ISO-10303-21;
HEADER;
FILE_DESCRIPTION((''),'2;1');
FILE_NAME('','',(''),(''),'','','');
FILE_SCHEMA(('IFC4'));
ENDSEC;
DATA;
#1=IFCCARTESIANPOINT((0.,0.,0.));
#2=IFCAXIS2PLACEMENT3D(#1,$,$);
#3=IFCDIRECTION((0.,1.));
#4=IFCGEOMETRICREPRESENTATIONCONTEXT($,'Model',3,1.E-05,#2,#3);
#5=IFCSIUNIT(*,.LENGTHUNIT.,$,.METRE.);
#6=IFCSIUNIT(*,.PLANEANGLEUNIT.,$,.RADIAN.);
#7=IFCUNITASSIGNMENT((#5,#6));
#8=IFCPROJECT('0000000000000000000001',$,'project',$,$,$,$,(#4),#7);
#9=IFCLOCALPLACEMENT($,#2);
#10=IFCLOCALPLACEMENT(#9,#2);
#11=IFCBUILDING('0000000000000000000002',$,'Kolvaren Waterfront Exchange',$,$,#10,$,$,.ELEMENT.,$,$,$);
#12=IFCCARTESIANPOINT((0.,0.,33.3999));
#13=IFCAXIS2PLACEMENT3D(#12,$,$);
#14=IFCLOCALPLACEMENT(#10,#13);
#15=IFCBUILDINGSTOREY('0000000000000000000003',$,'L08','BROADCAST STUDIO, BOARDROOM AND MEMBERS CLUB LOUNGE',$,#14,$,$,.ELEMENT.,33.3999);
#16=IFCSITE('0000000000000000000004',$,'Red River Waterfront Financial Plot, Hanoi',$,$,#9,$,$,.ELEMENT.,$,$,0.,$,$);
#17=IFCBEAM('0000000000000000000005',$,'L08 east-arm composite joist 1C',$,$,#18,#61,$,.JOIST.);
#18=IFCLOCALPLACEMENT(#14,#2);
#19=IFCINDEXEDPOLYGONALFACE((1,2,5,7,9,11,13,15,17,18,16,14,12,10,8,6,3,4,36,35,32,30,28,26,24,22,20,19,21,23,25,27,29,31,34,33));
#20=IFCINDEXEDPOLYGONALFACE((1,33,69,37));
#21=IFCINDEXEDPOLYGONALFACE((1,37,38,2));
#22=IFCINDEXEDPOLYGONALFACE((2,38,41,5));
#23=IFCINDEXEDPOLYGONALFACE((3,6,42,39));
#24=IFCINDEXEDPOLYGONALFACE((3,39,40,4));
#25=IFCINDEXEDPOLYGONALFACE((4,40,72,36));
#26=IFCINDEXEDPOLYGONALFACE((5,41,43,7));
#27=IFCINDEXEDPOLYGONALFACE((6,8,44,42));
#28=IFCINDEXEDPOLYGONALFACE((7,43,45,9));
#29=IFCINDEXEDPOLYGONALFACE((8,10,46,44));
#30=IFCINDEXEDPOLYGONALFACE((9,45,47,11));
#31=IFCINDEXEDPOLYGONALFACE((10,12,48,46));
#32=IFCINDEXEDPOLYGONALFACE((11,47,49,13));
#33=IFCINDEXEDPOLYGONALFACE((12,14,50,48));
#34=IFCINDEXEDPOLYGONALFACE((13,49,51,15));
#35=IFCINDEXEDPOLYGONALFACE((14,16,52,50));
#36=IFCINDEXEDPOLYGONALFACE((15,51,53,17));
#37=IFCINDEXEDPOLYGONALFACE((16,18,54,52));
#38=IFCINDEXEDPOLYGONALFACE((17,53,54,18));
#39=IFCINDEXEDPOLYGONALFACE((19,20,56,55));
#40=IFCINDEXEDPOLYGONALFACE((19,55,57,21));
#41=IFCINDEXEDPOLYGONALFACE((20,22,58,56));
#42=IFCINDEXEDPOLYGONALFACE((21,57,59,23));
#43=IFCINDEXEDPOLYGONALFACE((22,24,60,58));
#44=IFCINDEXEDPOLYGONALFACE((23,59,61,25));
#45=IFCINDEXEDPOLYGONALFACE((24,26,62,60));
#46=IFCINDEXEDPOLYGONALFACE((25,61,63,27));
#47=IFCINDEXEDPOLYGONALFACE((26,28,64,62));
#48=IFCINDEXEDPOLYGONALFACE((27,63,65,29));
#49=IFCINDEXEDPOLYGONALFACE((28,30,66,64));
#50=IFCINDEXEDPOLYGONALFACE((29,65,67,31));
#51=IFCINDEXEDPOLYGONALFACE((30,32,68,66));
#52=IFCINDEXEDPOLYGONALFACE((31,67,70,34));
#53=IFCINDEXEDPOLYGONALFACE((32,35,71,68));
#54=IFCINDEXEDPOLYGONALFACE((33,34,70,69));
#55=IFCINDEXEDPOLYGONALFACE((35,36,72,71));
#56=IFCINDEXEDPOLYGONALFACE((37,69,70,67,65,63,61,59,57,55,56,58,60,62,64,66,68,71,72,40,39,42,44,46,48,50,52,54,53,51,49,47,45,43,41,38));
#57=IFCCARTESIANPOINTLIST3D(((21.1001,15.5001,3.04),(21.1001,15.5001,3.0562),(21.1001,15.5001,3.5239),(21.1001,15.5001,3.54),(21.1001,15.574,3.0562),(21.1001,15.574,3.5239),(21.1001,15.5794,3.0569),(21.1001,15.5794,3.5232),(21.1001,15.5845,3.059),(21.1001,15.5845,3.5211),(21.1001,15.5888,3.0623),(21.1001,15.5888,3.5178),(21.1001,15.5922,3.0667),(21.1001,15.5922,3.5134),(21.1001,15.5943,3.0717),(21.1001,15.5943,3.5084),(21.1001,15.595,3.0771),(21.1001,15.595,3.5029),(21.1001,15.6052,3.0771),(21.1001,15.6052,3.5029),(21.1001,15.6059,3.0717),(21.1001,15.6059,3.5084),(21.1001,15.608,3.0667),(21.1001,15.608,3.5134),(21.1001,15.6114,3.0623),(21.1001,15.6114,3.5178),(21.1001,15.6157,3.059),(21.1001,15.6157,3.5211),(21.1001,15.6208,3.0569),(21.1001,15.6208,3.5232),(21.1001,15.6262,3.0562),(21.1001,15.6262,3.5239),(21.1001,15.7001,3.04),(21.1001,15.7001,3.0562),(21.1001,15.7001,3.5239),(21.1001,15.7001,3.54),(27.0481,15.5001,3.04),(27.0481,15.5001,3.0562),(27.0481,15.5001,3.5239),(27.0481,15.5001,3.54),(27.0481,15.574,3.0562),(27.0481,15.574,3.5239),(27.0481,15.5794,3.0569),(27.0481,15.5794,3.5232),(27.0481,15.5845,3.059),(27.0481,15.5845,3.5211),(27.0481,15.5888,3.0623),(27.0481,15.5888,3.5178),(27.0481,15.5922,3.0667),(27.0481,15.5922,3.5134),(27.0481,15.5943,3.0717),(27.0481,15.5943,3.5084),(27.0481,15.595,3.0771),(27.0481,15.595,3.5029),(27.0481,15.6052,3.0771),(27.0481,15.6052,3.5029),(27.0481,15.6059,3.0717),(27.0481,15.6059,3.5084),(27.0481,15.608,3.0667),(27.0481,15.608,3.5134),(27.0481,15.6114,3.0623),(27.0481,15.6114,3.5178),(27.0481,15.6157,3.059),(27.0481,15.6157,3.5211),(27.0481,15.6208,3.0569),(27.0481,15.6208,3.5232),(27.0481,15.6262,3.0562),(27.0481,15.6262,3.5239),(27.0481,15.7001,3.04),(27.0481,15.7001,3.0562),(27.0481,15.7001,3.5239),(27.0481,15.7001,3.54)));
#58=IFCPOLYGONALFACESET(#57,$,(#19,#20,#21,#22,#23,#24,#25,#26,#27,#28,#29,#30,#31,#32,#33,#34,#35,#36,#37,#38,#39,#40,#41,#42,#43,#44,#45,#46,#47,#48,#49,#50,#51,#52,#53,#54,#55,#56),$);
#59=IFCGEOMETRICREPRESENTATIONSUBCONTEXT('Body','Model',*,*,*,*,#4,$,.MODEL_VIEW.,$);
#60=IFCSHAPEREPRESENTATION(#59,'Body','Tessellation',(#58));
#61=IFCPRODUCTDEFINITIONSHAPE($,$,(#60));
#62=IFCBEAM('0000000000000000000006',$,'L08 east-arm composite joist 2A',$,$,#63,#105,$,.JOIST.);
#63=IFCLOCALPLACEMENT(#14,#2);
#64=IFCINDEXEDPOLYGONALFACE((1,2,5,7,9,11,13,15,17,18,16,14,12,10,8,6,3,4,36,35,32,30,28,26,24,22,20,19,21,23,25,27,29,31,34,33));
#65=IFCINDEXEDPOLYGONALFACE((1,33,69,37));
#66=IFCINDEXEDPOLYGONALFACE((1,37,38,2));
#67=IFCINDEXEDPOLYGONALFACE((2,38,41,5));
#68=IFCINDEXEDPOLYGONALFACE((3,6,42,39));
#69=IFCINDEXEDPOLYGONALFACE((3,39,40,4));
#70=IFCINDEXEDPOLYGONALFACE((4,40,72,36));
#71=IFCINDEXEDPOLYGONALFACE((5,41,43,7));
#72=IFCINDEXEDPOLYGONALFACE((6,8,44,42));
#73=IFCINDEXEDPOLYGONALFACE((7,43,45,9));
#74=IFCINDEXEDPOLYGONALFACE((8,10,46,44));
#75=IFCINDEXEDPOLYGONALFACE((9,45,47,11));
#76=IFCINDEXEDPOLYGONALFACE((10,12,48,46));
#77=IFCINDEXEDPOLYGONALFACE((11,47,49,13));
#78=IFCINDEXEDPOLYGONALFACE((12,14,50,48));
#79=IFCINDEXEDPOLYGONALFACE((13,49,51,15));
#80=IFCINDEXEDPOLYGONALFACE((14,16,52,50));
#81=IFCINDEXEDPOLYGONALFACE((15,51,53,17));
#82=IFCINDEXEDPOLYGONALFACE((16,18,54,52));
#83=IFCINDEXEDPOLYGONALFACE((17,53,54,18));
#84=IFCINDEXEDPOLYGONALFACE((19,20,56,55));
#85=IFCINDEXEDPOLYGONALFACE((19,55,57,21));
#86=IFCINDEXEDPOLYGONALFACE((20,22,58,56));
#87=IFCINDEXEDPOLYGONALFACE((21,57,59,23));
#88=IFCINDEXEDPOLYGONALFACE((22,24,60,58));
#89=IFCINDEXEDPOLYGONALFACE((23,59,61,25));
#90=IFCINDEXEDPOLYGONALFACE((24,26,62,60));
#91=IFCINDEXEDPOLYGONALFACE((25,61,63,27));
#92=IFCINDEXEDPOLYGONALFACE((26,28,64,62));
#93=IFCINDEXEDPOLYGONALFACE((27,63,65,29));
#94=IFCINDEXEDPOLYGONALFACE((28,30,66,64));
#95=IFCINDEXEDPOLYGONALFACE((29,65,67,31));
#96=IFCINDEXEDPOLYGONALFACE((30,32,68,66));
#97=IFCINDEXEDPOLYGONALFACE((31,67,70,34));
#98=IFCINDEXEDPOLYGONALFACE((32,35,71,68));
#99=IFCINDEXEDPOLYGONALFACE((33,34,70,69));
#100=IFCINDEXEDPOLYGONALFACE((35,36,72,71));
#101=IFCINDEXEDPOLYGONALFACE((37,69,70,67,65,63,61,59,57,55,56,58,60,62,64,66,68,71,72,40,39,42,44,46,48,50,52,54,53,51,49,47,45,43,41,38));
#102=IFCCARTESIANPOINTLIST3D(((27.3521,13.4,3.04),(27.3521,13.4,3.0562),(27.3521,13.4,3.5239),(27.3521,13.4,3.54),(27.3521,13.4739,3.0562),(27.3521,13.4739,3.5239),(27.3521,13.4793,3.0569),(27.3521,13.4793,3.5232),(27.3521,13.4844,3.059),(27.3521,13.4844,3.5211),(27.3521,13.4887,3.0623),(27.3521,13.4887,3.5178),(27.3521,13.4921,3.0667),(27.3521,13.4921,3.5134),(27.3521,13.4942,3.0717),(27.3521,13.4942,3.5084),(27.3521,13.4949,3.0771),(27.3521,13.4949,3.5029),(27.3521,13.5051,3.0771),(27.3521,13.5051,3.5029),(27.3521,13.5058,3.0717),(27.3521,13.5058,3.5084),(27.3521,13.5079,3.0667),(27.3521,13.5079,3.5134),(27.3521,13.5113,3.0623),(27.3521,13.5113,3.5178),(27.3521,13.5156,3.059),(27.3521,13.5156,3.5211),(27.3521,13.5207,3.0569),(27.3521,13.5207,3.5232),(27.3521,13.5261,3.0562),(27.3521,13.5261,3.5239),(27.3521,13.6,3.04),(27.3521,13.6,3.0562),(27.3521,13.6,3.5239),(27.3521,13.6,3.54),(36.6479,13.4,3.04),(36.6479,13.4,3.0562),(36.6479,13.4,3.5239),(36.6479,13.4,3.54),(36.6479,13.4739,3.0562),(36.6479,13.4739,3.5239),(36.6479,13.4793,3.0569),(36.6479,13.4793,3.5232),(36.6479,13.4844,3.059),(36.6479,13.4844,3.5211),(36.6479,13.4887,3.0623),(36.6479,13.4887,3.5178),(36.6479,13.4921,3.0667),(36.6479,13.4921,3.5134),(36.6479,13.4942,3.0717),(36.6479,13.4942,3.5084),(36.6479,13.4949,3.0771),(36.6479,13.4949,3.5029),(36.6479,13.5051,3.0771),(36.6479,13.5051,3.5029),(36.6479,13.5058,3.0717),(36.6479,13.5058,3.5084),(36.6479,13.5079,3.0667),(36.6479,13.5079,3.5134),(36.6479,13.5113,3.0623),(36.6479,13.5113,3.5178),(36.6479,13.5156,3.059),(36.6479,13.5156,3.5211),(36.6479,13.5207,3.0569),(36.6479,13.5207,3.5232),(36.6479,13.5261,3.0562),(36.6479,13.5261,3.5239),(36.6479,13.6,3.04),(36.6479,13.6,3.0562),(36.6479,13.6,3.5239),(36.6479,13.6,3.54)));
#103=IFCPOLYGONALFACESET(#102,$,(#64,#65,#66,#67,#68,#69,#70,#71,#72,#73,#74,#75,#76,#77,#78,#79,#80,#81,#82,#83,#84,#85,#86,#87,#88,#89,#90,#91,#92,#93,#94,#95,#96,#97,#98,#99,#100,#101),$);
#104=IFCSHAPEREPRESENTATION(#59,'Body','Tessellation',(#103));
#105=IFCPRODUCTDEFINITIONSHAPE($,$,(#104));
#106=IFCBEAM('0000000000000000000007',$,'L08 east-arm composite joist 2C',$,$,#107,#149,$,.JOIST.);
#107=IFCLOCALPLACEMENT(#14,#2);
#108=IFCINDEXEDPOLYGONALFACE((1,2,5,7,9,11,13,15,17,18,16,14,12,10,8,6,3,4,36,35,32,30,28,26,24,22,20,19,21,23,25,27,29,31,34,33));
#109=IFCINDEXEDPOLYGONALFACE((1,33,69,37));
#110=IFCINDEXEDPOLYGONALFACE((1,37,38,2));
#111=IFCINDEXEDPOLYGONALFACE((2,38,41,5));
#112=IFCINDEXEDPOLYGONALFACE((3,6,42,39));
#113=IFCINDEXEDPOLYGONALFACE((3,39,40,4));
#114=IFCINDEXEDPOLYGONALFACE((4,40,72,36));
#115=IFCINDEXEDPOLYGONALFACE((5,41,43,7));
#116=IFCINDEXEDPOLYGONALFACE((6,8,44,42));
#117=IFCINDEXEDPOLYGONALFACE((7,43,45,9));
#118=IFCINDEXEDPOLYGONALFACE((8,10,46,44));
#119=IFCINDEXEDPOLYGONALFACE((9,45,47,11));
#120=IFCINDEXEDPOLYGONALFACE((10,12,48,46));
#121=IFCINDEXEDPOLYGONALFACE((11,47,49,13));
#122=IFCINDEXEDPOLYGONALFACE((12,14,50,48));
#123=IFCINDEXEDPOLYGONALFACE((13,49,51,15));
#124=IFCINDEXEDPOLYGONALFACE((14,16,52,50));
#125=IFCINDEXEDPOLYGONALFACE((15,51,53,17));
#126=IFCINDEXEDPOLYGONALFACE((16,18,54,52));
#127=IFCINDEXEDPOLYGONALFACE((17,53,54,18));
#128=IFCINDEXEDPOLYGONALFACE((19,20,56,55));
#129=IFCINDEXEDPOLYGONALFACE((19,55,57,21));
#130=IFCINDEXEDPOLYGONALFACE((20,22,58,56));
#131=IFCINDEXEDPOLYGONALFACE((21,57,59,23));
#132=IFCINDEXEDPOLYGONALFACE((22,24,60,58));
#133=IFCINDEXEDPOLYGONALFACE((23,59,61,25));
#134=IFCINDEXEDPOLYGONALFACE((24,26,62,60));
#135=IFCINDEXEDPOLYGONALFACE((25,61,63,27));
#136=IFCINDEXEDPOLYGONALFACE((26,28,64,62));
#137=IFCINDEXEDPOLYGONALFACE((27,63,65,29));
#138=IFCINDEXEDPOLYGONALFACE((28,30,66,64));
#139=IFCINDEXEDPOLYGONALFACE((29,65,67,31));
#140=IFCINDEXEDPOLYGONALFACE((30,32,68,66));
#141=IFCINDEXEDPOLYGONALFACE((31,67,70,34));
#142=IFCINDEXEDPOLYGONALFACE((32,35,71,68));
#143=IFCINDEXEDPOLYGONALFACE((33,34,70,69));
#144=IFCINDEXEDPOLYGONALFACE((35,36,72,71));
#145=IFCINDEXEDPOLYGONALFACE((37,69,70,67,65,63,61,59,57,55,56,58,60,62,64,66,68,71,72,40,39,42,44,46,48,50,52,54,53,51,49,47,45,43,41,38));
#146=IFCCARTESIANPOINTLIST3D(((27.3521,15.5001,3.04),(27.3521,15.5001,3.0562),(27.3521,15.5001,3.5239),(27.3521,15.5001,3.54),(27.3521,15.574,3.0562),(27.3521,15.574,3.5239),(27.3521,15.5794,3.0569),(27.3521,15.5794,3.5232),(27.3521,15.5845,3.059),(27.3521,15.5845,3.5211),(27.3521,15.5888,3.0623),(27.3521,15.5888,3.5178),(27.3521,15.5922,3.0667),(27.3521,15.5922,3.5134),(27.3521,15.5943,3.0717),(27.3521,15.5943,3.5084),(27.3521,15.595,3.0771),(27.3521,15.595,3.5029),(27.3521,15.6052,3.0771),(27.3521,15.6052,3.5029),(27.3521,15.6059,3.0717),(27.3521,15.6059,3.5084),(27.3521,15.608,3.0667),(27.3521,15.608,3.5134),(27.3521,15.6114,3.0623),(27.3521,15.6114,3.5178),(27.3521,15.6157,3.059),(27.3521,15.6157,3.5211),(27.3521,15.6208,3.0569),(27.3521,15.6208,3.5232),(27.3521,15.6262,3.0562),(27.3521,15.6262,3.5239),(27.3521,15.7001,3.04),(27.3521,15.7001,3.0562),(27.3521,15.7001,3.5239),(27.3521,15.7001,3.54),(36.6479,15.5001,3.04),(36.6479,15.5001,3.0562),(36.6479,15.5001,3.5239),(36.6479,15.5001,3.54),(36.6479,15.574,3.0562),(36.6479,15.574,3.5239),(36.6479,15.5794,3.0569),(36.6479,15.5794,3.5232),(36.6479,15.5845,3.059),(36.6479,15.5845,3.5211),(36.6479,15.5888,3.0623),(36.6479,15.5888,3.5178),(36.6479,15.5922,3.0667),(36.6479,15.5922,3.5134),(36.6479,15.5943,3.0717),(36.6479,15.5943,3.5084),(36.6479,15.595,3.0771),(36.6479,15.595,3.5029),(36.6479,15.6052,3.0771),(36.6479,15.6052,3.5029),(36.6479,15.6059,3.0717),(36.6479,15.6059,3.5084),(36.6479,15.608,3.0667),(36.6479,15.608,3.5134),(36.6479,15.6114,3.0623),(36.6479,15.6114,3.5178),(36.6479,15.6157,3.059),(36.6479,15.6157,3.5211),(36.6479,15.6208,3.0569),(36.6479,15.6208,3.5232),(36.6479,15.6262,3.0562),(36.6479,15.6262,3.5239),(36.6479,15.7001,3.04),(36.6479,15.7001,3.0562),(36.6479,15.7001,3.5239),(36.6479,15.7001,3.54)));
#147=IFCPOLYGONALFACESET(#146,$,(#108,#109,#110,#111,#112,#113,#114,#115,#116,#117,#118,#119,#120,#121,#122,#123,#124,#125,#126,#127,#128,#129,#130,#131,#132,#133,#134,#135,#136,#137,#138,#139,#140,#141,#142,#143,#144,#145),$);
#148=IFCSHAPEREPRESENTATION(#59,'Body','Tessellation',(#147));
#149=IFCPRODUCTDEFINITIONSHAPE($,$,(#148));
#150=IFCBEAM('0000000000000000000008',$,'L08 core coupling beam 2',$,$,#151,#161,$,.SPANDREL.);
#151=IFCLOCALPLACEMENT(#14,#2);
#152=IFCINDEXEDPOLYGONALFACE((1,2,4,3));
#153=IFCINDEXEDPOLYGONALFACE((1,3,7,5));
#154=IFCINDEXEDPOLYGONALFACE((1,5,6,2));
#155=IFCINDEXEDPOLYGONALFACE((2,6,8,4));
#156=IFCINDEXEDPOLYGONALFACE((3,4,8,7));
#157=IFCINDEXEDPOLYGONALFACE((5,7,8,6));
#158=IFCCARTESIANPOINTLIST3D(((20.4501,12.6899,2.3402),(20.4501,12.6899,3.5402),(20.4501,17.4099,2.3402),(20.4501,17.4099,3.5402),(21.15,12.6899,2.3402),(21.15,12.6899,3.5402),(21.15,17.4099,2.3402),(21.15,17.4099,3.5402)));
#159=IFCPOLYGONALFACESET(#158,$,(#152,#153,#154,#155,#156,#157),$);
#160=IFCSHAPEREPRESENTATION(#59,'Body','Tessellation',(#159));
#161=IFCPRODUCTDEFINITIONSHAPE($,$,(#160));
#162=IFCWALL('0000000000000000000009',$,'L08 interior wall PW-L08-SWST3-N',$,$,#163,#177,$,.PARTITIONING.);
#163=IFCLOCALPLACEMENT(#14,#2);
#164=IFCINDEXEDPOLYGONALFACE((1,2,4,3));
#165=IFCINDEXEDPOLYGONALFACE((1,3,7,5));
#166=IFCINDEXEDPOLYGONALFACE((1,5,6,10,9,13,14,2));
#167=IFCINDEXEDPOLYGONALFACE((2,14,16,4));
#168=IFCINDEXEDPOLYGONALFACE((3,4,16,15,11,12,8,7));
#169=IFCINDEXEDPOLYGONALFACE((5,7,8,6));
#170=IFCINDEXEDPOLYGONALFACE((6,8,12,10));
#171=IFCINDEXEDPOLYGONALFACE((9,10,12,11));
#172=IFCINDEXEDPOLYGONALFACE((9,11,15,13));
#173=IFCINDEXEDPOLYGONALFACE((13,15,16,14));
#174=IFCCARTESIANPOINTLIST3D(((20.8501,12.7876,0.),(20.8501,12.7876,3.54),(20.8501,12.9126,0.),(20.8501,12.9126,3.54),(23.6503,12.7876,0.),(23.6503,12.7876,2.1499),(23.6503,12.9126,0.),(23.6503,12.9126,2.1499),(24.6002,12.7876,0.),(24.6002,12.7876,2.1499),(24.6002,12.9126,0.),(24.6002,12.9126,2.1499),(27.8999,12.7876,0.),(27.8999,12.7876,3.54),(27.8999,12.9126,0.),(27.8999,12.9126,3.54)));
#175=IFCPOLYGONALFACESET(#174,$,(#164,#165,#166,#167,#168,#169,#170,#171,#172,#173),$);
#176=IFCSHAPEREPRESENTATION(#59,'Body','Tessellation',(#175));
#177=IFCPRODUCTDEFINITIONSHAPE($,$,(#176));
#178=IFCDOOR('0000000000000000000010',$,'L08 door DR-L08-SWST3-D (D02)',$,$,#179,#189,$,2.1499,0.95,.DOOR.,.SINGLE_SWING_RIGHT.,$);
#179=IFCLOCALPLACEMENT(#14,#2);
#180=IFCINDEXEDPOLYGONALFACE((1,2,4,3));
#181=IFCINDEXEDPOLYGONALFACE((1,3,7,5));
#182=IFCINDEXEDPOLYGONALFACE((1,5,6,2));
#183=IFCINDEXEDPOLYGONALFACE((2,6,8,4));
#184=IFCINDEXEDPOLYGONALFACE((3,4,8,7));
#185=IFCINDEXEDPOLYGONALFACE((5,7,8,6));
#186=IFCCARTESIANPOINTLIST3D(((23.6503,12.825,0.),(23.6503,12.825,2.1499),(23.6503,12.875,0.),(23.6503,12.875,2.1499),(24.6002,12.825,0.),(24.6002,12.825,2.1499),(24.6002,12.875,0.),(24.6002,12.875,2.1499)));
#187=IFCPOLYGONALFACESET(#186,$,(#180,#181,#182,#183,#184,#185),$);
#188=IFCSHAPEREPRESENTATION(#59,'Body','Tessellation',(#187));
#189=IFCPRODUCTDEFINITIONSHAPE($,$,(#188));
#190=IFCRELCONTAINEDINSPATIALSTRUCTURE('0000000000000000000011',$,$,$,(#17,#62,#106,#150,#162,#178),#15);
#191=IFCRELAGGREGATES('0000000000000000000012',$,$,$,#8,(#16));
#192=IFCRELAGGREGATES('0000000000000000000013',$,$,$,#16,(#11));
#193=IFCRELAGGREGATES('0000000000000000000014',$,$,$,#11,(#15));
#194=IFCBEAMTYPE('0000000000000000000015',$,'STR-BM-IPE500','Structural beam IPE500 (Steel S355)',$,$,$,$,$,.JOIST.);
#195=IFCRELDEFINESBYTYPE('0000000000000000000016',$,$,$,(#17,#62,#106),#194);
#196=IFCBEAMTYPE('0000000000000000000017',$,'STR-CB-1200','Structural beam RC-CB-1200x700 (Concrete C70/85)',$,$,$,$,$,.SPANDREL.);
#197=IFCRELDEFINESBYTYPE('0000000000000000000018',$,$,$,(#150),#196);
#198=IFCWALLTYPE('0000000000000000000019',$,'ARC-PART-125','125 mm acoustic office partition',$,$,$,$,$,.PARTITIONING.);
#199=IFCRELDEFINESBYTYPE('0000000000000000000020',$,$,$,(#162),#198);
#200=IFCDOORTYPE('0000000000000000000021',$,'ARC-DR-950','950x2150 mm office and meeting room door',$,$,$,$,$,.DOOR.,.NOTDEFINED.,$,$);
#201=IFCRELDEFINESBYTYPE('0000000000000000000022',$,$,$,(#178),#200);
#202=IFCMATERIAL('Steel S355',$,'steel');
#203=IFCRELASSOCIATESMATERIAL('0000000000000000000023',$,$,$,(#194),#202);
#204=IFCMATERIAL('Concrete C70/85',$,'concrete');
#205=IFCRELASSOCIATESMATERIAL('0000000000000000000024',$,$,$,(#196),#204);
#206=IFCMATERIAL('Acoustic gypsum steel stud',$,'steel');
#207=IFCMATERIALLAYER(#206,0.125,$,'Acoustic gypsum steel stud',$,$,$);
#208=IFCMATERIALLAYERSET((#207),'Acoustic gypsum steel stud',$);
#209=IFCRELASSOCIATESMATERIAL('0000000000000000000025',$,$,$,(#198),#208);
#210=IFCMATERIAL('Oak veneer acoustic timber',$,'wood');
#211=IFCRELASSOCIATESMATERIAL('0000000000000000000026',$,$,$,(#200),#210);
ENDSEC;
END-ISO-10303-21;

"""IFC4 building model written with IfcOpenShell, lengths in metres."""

from ifc_helpers import new_model, si_unit, direction, frame, frame_2d, origin, origin_2d, place, context, subcontext, project, spatial, rectangle, i_section, extrude, material, layer, layer_set, material_profile, profile_set, type_object, element, fill, save


model = new_model("IFC4")

# Units and contexts
model_context = context("Model", 3, precision=1e-05, world=origin(), true_north=direction((0.0, 1.0)))
body_context = subcontext(model_context, "Body", "Model", "MODEL_VIEW")
ifc_project = project(units=[si_unit("LENGTHUNIT", "METRE"), si_unit("PLANEANGLEUNIT", "RADIAN")], contexts=[model_context])

# Site, building, storey
site_placement = place(None, origin())
site = spatial("IfcSite", under=ifc_project, at=site_placement, Name="Red River Waterfront Financial Plot, Hanoi", CompositionType="ELEMENT", RefElevation=0.0)
building_placement = place(site_placement, origin())
building = spatial("IfcBuilding", under=site, at=building_placement, Name="Kolvaren Waterfront Exchange", CompositionType="ELEMENT")
storey_placement = place(building_placement, frame((0.0, 0.0, 33.3999)))
storey = spatial("IfcBuildingStorey", under=building, at=storey_placement, Name="L08", Description="BROADCAST STUDIO, BOARDROOM AND MEMBERS CLUB LOUNGE", CompositionType="ELEMENT", Elevation=33.3999)

# Shared definitions
ifc_material_1 = material(Name="Concrete C70/85", Category="concrete")

# Beams
ifc_material_2 = material(Name="Steel S355", Category="steel")
ifc_material_profile_1 = material_profile(ifc_material_2, i_section(OverallWidth=0.2, OverallDepth=0.5, WebThickness=0.0103, FlangeThickness=0.0161, FilletRadius=0.021, at=origin_2d()), Name="IPE500")
ifc_profile_set_1 = profile_set([ifc_material_profile_1], Name="Steel S355")
beam_type_1 = type_object("IfcBeamType", Name="STR-BM-IPE500", Description="Structural beam IPE500 (Steel S355)", PredefinedType="JOIST", material=ifc_profile_set_1)
for number, where, z_axis, x_axis, name in (
    (1, (21.1001, 15.6001, 3.29), (1.0, 0.0, 0.0), (0.0, 1.0, 0.0), "L08 east-arm composite joist 1C"),
):
    element("IfcBeam", number, at=place(storey_placement, frame(where, z_axis=z_axis, x_axis=x_axis)), inside=storey, type_object=beam_type_1, Name=name, PredefinedType="JOIST", context=body_context, shape_type="SweptSolid", body=[
        extrude(i_section(OverallWidth=0.2, OverallDepth=0.5, WebThickness=0.0103, FlangeThickness=0.0161, FilletRadius=0.021, at=origin_2d()), origin(), (0.0, 0.0, 1.0), 5.948),
    ])
for number, where, z_axis, x_axis, name in (
    (2, (27.3521, 13.5, 3.29), (1.0, 0.0, 0.0), (0.0, 1.0, 0.0), "L08 east-arm composite joist 2A"),
    (3, (27.3521, 15.6001, 3.29), (1.0, 0.0, 0.0), (0.0, 1.0, 0.0), "L08 east-arm composite joist 2C"),
):
    element("IfcBeam", number, at=place(storey_placement, frame(where, z_axis=z_axis, x_axis=x_axis)), inside=storey, type_object=beam_type_1, Name=name, PredefinedType="JOIST", context=body_context, shape_type="SweptSolid", body=[
        extrude(i_section(OverallWidth=0.2, OverallDepth=0.5, WebThickness=0.0103, FlangeThickness=0.0161, FilletRadius=0.021, at=origin_2d()), origin(), (0.0, 0.0, 1.0), 9.2959),
    ])
ifc_material_profile_2 = material_profile(ifc_material_1, rectangle(XDim=0.7, YDim=1.2, at=origin_2d()), Name="RC-CB-1200x700")
ifc_profile_set_2 = profile_set([ifc_material_profile_2], Name="Concrete C70/85")
beam_type_2 = type_object("IfcBeamType", Name="STR-CB-1200", Description="Structural beam RC-CB-1200x700 (Concrete C70/85)", PredefinedType="SPANDREL", material=ifc_profile_set_2)
beam_1_placement = place(storey_placement, frame((20.8, 12.6899, 2.9402), z_axis=(0.0, 1.0, 0.0), x_axis=(-1.0, 0.0, 0.0)))
element("IfcBeam", 4, at=beam_1_placement, inside=storey, type_object=beam_type_2, Name="L08 core coupling beam 2", PredefinedType="SPANDREL", context=body_context, shape_type="SweptSolid", body=[
    extrude(rectangle(XDim=0.7, YDim=1.2, at=origin_2d()), origin(), (0.0, 0.0, 1.0), 4.72),
])

# Wall, opening, door
ifc_material_3 = material(Name="Acoustic gypsum steel stud", Category="steel")
ifc_layer_1 = layer(ifc_material_3, 0.125, Name="Acoustic gypsum steel stud")
ifc_layer_set_1 = layer_set([ifc_layer_1], Name="Acoustic gypsum steel stud")
wall_type_1 = type_object("IfcWallType", Name="ARC-PART-125", Description="125 mm acoustic office partition", PredefinedType="PARTITIONING", material=ifc_layer_set_1)
wall_1_placement = place(storey_placement, frame((20.8501, 12.8501, 0.0), z_axis=(0.0, 0.0, 1.0), x_axis=(1.0, 0.0, 0.0)))
wall_1 = element("IfcWall", 5, at=wall_1_placement, inside=storey, type_object=wall_type_1, Name="L08 interior wall PW-L08-SWST3-N", PredefinedType="PARTITIONING", context=body_context, shape_type="SweptSolid", body=[
    extrude(rectangle(XDim=7.0498, YDim=0.125, at=frame_2d((3.5249, 0.0))), origin(), (0.0, 0.0, 1.0), 3.54),
])
opening_1_placement = place(wall_1_placement, frame((2.8, 0.0, 0.0)))
opening_1 = element("IfcOpeningElement", 6, at=opening_1_placement, cuts=wall_1, PredefinedType="OPENING", context=body_context, shape_type="SweptSolid", body=[
    extrude(rectangle(XDim=0.95, YDim=2.1499, at=frame_2d((0.4751, 1.075))), frame((0.0, 0.0725, 0.0), z_axis=(0.0, -1.0, 0.0), x_axis=(1.0, 0.0, 0.0)), (0.0, 0.0, 1.0), 0.145),
])
ifc_material_4 = material(Name="Oak veneer acoustic timber", Category="wood")
door_type_1 = type_object("IfcDoorType", Name="ARC-DR-950", Description="950x2150 mm office and meeting room door", OperationType="NOTDEFINED", PredefinedType="DOOR", material=ifc_material_4)
door_1_placement = place(opening_1_placement, origin())
door_1 = element("IfcDoor", 7, at=door_1_placement, inside=storey, type_object=door_type_1, Name="L08 door DR-L08-SWST3-D (D02)", OperationType="SINGLE_SWING_RIGHT", OverallHeight=2.1499, OverallWidth=0.95, PredefinedType="DOOR", context=body_context, shape_type="SweptSolid", body=[
    extrude(rectangle(XDim=0.95, YDim=2.1499, at=frame_2d((0.4751, 1.075))), frame((0.0, 0.0249, 0.0), z_axis=(0.0, -1.0, 0.0), x_axis=(1.0, 0.0, 0.0)), (0.0, 0.0, 1.0), 0.05),
])
fill(opening_1, door_1)

save(model, "model.ifc")
